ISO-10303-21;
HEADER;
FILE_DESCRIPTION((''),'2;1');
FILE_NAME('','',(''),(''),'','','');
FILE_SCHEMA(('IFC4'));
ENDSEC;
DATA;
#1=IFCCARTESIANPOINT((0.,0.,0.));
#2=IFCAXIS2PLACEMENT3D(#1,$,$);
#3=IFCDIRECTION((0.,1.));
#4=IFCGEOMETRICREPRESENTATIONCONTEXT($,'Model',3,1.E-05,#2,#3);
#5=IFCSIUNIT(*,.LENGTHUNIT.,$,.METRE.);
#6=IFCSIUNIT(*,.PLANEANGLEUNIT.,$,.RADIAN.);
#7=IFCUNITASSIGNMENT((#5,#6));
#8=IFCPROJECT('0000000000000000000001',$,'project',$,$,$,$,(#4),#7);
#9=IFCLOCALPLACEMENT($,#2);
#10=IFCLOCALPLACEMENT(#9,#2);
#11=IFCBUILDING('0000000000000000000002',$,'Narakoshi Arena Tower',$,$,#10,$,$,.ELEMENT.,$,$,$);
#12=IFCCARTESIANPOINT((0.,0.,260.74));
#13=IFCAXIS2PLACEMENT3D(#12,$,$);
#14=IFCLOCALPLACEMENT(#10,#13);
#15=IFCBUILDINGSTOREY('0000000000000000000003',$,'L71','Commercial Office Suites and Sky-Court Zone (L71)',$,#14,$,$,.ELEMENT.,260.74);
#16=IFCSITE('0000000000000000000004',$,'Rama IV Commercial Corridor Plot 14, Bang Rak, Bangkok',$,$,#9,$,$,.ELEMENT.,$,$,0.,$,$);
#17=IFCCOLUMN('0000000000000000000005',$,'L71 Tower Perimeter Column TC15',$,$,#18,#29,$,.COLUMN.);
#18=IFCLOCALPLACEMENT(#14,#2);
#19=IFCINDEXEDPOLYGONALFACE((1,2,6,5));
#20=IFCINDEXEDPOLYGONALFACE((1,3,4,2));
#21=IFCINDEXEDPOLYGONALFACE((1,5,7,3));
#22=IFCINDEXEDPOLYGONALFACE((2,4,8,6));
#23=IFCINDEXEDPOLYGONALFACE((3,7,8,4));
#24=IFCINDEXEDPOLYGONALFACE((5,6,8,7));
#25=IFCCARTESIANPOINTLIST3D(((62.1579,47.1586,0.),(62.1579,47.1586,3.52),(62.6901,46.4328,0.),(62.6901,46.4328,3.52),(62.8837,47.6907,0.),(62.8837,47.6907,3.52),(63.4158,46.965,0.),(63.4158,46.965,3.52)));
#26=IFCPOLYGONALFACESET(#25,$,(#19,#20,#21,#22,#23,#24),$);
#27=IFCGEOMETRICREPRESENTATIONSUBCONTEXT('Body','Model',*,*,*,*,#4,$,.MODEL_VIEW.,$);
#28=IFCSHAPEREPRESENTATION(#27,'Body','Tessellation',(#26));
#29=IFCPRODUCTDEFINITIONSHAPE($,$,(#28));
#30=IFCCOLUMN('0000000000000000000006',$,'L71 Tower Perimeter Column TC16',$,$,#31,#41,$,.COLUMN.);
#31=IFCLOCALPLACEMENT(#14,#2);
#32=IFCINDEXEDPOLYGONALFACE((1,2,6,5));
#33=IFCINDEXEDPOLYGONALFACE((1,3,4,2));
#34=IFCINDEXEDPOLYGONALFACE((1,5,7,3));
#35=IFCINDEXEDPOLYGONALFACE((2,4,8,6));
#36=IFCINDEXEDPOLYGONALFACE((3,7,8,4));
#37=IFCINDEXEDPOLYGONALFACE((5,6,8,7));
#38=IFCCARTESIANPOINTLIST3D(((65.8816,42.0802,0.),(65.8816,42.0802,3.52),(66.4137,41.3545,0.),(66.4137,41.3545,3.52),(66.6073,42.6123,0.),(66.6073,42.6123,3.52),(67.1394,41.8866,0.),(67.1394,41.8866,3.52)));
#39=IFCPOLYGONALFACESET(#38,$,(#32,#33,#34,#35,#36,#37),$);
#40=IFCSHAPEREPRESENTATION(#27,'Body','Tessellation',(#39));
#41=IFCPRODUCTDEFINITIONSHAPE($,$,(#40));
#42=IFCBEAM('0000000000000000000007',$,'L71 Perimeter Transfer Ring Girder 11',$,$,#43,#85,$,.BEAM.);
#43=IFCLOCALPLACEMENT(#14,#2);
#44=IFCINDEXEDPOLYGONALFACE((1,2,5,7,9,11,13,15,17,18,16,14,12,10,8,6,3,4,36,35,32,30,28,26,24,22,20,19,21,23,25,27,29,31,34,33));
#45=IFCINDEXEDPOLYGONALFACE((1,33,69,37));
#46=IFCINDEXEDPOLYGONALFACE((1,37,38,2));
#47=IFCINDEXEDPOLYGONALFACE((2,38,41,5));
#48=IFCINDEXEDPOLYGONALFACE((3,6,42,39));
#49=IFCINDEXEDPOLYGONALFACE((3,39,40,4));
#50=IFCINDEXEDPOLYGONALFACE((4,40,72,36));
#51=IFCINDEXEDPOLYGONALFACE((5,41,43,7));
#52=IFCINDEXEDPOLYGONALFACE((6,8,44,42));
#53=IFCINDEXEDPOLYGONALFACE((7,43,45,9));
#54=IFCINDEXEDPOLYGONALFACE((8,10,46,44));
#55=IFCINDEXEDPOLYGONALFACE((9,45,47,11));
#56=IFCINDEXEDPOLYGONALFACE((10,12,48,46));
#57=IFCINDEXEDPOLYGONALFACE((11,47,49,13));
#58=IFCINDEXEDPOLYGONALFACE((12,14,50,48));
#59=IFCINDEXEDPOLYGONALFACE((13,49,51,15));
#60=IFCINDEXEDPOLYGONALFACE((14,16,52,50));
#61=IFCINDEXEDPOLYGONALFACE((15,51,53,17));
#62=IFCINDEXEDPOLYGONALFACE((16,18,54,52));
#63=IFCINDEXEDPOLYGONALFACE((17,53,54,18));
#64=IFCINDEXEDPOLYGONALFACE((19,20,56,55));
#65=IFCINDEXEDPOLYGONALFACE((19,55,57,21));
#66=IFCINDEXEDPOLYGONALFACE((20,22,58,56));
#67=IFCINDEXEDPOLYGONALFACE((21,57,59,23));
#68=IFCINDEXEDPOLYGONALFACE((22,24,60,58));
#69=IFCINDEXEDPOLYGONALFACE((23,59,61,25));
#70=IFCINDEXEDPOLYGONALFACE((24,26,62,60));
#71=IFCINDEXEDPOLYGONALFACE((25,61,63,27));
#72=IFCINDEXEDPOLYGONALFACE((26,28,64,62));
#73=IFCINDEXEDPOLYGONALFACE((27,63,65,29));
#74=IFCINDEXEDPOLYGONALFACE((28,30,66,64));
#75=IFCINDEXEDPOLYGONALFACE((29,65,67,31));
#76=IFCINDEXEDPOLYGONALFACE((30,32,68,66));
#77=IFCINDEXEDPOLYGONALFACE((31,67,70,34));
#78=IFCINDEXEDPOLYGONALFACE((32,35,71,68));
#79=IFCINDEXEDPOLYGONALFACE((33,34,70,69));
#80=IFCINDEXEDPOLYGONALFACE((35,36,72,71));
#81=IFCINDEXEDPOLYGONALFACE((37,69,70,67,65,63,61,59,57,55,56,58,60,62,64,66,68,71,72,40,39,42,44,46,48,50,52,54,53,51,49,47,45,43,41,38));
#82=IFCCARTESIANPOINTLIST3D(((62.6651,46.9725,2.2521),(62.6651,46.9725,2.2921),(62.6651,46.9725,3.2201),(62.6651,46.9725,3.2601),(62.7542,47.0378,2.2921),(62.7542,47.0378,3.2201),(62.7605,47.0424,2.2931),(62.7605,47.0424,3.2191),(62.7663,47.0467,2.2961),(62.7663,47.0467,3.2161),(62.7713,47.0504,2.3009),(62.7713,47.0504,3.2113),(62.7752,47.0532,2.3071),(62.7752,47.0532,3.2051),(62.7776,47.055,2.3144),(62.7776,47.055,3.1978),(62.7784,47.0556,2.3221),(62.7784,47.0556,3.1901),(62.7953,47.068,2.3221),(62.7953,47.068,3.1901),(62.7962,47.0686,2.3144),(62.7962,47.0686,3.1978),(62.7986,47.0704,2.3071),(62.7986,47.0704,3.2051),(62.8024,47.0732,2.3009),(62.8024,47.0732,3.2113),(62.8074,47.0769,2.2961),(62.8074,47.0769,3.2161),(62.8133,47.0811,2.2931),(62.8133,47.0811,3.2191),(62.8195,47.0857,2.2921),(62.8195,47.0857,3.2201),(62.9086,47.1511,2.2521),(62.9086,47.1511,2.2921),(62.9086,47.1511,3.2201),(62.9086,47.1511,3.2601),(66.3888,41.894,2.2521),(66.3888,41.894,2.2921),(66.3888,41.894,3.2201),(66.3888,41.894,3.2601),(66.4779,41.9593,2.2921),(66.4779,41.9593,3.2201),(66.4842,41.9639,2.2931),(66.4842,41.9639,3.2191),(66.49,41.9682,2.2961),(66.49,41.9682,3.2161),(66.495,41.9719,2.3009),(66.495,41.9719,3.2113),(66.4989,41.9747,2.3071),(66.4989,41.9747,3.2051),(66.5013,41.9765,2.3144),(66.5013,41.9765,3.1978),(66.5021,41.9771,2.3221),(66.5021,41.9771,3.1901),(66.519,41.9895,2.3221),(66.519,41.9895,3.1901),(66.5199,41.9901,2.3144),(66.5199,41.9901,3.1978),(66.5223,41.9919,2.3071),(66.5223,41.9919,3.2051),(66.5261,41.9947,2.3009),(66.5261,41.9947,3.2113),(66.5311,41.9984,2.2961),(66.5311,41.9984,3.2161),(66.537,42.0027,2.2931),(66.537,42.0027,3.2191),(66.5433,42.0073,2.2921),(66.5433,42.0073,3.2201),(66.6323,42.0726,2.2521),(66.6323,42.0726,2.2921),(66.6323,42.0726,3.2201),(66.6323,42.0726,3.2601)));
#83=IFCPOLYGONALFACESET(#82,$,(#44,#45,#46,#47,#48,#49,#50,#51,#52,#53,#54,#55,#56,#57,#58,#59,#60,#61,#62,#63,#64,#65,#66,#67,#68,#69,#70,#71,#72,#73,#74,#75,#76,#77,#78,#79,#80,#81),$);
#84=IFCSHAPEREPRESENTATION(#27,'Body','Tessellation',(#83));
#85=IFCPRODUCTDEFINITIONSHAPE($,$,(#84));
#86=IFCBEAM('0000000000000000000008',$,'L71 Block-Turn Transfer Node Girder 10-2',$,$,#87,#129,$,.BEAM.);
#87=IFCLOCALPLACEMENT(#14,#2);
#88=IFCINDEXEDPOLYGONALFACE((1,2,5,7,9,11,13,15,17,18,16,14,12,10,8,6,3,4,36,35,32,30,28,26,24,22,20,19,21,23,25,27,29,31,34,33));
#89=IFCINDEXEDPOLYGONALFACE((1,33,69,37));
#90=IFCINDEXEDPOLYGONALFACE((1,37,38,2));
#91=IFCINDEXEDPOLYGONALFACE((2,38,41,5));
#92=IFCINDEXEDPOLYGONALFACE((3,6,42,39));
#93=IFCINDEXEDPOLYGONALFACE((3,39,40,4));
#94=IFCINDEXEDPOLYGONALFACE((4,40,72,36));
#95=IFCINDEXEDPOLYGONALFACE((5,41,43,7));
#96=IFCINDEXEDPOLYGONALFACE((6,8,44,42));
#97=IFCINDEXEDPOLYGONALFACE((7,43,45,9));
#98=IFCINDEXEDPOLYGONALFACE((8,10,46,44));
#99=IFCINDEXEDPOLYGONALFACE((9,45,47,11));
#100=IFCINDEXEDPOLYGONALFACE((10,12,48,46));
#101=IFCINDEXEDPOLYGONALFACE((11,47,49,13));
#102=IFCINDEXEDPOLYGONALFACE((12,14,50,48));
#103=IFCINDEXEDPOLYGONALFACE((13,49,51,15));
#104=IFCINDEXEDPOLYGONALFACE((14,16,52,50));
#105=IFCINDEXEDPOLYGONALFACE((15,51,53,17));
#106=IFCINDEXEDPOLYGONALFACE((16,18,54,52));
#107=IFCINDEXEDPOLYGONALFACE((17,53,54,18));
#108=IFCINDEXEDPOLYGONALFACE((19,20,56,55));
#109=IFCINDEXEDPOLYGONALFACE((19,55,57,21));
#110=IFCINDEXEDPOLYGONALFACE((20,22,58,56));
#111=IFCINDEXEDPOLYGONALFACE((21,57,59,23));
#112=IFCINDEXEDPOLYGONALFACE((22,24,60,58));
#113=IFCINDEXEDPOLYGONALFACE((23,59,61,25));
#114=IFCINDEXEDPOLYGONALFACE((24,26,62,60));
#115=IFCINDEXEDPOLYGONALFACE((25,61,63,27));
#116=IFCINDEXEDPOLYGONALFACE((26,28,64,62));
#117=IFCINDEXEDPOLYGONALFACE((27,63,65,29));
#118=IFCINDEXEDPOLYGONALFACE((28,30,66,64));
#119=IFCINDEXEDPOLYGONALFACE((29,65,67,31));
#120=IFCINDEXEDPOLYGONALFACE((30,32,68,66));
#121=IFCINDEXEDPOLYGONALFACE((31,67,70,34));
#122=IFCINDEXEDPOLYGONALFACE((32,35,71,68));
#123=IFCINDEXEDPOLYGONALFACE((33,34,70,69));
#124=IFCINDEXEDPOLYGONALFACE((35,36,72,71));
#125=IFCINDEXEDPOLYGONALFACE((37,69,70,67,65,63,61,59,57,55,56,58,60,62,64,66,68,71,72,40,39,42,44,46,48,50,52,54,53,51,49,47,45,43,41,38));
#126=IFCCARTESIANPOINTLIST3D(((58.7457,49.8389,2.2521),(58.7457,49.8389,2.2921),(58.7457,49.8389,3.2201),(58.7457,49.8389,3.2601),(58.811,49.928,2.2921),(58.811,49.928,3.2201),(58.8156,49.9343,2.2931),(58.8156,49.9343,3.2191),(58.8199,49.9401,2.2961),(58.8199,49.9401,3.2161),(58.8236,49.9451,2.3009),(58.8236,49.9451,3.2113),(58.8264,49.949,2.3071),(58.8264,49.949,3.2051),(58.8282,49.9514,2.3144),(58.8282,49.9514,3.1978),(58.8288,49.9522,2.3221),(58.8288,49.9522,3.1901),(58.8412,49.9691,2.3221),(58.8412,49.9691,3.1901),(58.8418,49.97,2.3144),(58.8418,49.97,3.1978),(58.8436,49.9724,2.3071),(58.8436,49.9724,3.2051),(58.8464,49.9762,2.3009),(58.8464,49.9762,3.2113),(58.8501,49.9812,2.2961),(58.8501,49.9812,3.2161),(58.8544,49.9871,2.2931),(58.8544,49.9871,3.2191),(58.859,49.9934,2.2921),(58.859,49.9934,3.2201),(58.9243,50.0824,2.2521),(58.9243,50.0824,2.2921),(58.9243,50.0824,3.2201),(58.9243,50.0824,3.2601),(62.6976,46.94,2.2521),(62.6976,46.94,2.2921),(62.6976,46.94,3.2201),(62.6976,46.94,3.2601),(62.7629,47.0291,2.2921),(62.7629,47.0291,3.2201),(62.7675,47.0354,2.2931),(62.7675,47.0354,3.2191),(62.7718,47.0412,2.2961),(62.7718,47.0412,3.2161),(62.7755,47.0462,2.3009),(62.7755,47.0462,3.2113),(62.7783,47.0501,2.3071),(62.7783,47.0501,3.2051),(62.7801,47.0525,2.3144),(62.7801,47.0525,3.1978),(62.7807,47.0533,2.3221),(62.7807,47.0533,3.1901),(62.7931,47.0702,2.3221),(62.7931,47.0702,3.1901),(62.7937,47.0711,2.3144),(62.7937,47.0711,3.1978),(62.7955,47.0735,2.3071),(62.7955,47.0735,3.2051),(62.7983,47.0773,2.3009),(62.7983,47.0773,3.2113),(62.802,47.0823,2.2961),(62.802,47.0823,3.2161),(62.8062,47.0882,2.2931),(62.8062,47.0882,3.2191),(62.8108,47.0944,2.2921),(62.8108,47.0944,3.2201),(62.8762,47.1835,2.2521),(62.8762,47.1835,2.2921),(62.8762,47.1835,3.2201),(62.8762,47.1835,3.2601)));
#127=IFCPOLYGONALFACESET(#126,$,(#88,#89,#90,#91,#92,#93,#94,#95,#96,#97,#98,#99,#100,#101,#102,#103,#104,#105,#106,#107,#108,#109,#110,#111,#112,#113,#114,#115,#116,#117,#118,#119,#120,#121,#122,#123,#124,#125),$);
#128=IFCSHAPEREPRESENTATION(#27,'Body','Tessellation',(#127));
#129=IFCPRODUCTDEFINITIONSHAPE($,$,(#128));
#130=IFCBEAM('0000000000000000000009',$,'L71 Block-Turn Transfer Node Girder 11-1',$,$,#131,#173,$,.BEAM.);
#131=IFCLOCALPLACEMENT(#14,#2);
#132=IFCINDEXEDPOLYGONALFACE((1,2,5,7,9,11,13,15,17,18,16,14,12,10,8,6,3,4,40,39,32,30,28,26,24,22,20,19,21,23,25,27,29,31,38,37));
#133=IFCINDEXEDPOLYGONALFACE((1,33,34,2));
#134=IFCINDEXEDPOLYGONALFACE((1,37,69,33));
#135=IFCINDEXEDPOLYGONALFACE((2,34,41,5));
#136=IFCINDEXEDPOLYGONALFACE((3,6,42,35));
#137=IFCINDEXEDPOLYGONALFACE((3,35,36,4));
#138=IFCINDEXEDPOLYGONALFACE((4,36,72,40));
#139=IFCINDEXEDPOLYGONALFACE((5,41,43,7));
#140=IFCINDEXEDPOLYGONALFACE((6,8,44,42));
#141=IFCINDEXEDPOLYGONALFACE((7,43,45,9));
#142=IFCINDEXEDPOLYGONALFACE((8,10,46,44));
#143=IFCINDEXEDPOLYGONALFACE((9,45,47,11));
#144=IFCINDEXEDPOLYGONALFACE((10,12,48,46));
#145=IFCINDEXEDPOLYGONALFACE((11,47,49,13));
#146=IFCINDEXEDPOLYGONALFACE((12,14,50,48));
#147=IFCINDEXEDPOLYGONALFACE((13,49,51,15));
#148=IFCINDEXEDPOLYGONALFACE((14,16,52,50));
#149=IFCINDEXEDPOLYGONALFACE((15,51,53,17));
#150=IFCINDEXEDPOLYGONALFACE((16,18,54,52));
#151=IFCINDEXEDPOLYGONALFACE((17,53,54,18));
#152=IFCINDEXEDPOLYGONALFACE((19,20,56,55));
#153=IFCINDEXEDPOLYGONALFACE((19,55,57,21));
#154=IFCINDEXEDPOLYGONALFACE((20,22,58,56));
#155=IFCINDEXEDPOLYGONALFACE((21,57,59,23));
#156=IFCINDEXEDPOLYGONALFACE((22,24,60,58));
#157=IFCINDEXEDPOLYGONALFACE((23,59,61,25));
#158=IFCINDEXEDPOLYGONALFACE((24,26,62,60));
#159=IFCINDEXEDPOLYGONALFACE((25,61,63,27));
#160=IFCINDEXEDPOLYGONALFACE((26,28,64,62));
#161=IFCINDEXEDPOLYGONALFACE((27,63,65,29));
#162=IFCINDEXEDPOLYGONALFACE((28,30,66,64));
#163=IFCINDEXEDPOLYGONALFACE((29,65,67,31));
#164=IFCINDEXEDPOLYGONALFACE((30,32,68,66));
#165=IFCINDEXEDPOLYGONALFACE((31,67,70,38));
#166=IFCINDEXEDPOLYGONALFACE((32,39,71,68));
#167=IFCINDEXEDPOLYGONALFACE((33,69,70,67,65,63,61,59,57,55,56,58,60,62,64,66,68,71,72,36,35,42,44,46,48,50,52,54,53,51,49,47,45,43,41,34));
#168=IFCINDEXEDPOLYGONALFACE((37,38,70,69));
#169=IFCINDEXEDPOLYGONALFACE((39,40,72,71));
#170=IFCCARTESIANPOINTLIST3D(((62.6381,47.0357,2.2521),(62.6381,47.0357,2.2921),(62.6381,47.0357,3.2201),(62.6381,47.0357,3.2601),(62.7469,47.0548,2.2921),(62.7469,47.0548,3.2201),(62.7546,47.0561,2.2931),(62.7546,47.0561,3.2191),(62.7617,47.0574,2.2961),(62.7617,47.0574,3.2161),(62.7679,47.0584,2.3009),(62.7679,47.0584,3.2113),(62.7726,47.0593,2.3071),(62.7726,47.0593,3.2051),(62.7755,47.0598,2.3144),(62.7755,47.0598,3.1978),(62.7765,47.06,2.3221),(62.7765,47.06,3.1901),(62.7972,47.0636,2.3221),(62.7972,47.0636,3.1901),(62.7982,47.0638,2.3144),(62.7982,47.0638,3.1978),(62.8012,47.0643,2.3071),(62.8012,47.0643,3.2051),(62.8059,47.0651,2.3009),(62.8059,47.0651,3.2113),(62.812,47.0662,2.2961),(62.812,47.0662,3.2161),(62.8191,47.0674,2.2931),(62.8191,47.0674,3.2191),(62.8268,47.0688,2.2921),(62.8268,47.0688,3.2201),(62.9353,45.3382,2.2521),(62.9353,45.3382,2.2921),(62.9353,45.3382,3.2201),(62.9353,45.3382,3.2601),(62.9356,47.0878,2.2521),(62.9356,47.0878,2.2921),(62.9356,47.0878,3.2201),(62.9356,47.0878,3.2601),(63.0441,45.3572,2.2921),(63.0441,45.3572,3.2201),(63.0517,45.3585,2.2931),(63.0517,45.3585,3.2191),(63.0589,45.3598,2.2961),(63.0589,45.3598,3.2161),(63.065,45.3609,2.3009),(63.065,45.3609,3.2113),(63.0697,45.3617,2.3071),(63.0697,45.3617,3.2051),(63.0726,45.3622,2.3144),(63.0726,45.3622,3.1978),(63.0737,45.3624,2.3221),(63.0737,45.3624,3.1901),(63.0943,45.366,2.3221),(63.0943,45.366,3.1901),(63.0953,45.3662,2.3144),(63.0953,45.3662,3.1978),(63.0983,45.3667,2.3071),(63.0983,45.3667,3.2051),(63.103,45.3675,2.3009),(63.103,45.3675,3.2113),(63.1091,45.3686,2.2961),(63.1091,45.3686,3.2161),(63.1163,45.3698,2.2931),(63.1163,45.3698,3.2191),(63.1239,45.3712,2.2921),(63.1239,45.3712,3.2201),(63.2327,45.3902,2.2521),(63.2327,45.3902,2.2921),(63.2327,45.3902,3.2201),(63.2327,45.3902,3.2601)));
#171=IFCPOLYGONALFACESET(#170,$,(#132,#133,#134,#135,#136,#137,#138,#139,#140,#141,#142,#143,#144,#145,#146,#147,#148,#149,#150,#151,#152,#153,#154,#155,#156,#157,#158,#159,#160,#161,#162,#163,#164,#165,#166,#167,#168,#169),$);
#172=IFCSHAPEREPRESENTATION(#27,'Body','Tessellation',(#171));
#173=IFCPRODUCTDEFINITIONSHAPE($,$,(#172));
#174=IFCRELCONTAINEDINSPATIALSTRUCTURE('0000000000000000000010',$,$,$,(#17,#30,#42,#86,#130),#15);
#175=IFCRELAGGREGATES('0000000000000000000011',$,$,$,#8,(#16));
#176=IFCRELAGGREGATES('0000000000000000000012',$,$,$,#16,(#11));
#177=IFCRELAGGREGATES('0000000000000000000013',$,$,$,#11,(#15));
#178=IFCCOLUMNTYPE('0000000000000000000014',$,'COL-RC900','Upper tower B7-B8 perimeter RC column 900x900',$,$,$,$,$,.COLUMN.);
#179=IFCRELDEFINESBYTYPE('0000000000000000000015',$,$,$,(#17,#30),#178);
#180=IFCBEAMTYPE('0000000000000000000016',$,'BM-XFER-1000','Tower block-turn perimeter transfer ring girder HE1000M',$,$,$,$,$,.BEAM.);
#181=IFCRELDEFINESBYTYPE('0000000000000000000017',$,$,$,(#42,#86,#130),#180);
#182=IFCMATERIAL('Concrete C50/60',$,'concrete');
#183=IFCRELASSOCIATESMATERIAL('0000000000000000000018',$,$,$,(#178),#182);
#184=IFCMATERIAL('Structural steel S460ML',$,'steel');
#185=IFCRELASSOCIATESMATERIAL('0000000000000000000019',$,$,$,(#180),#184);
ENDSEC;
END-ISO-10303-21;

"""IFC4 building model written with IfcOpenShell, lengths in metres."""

from ifc_helpers import new_model, si_unit, direction, frame, origin, origin_2d, place, context, subcontext, project, spatial, rectangle, i_section, extrude, material, material_profile, profile_set, type_object, element, save


model = new_model("IFC4")

# Units and contexts
model_context = context("Model", 3, precision=1e-05, world=origin(), true_north=direction((0.0, 1.0)))
body_context = subcontext(model_context, "Body", "Model", "MODEL_VIEW")
ifc_project = project(units=[si_unit("LENGTHUNIT", "METRE"), si_unit("PLANEANGLEUNIT", "RADIAN")], contexts=[model_context])

# Site, building, storey
site_placement = place(None, origin())
site = spatial("IfcSite", under=ifc_project, at=site_placement, Name="Rama IV Commercial Corridor Plot 14, Bang Rak, Bangkok", CompositionType="ELEMENT", RefElevation=0.0)
building_placement = place(site_placement, origin())
building = spatial("IfcBuilding", under=site, at=building_placement, Name="Narakoshi Arena Tower", CompositionType="ELEMENT")
storey_placement = place(building_placement, frame((0.0, 0.0, 260.74)))
storey = spatial("IfcBuildingStorey", under=building, at=storey_placement, Name="L71", Description="Commercial Office Suites and Sky-Court Zone (L71)", CompositionType="ELEMENT", Elevation=260.74)

# Columns
ifc_material_1 = material(Name="Concrete C50/60", Category="concrete")
ifc_material_profile_1 = material_profile(ifc_material_1, rectangle(XDim=0.8999, YDim=0.8999, at=origin_2d()), Name="RC900x900")
ifc_profile_set_1 = profile_set([ifc_material_profile_1], Name="Concrete C50/60")
column_type = type_object("IfcColumnType", Name="COL-RC900", Description="Upper tower B7-B8 perimeter RC column 900x900", PredefinedType="COLUMN", material=ifc_profile_set_1)
for number, where, z_axis, x_axis, name in (
    (1, (62.7869, 47.0618, 0.0), (0.0, 0.0, 1.0), (-0.59131, 0.806445, 0.0), "L71 Tower Perimeter Column TC15"),
    (2, (66.5105, 41.9834, 0.0), (0.0, 0.0, 1.0), (-0.59131, 0.806445, 0.0), "L71 Tower Perimeter Column TC16"),
):
    element("IfcColumn", number, at=place(storey_placement, frame(where, z_axis=z_axis, x_axis=x_axis)), inside=storey, type_object=column_type, Name=name, PredefinedType="COLUMN", context=body_context, shape_type="SweptSolid", body=[
        extrude(rectangle(XDim=0.8999, YDim=0.8999, at=origin_2d()), origin(), (0.0, 0.0, 1.0), 3.52),
    ])

# Beams
ifc_material_2 = material(Name="Structural steel S460ML", Category="steel")
ifc_material_profile_2 = material_profile(ifc_material_2, i_section(OverallWidth=0.302, OverallDepth=1.0081, WebThickness=0.021, FlangeThickness=0.04, FilletRadius=0.03, at=origin_2d()), Name="HE1000M")
ifc_profile_set_2 = profile_set([ifc_material_profile_2], Name="Structural steel S460ML")
beam_type = type_object("IfcBeamType", Name="BM-XFER-1000", Description="Tower block-turn perimeter transfer ring girder HE1000M", PredefinedType="BEAM", material=ifc_profile_set_2)
beam_1_placement = place(storey_placement, frame((62.7869, 47.0618, 2.7561), z_axis=(0.591312, -0.806443, 0.0), x_axis=(0.806443, 0.591312, 0.0)))
element("IfcBeam", 3, at=beam_1_placement, inside=storey, type_object=beam_type, Name="L71 Perimeter Transfer Ring Girder 11", PredefinedType="BEAM", context=body_context, shape_type="SweptSolid", body=[
    extrude(i_section(OverallWidth=0.302, OverallDepth=1.0081, WebThickness=0.021, FlangeThickness=0.04, FilletRadius=0.03, at=origin_2d()), origin(), (0.0, 0.0, 1.0), 6.2974),
])
beam_2_placement = place(storey_placement, frame((62.7869, 47.0618, 2.7561), z_axis=(-0.806321, 0.591478, 0.0), x_axis=(-0.591478, -0.806321, 0.0)))
element("IfcBeam", 4, at=beam_2_placement, inside=storey, type_object=beam_type, Name="L71 Block-Turn Transfer Node Girder 10-2", PredefinedType="BEAM", context=body_context, shape_type="SweptSolid", body=[
    extrude(i_section(OverallWidth=0.302, OverallDepth=1.0081, WebThickness=0.021, FlangeThickness=0.04, FilletRadius=0.03, at=origin_2d()), origin(), (0.0, 0.0, 1.0), 4.9011),
])
beam_3_placement = place(storey_placement, frame((62.7869, 47.0618, 2.7561), z_axis=(0.172411, -0.985025, 0.0), x_axis=(0.985025, 0.172411, 0.0)))
element("IfcBeam", 5, at=beam_3_placement, inside=storey, type_object=beam_type, Name="L71 Block-Turn Transfer Node Girder 11-1", PredefinedType="BEAM", context=body_context, shape_type="SweptSolid", body=[
    extrude(i_section(OverallWidth=0.302, OverallDepth=1.0081, WebThickness=0.021, FlangeThickness=0.04, FilletRadius=0.03, at=origin_2d()), origin(), (0.0, 0.0, 1.0), 1.7234),
])

save(model, "model.ifc")
